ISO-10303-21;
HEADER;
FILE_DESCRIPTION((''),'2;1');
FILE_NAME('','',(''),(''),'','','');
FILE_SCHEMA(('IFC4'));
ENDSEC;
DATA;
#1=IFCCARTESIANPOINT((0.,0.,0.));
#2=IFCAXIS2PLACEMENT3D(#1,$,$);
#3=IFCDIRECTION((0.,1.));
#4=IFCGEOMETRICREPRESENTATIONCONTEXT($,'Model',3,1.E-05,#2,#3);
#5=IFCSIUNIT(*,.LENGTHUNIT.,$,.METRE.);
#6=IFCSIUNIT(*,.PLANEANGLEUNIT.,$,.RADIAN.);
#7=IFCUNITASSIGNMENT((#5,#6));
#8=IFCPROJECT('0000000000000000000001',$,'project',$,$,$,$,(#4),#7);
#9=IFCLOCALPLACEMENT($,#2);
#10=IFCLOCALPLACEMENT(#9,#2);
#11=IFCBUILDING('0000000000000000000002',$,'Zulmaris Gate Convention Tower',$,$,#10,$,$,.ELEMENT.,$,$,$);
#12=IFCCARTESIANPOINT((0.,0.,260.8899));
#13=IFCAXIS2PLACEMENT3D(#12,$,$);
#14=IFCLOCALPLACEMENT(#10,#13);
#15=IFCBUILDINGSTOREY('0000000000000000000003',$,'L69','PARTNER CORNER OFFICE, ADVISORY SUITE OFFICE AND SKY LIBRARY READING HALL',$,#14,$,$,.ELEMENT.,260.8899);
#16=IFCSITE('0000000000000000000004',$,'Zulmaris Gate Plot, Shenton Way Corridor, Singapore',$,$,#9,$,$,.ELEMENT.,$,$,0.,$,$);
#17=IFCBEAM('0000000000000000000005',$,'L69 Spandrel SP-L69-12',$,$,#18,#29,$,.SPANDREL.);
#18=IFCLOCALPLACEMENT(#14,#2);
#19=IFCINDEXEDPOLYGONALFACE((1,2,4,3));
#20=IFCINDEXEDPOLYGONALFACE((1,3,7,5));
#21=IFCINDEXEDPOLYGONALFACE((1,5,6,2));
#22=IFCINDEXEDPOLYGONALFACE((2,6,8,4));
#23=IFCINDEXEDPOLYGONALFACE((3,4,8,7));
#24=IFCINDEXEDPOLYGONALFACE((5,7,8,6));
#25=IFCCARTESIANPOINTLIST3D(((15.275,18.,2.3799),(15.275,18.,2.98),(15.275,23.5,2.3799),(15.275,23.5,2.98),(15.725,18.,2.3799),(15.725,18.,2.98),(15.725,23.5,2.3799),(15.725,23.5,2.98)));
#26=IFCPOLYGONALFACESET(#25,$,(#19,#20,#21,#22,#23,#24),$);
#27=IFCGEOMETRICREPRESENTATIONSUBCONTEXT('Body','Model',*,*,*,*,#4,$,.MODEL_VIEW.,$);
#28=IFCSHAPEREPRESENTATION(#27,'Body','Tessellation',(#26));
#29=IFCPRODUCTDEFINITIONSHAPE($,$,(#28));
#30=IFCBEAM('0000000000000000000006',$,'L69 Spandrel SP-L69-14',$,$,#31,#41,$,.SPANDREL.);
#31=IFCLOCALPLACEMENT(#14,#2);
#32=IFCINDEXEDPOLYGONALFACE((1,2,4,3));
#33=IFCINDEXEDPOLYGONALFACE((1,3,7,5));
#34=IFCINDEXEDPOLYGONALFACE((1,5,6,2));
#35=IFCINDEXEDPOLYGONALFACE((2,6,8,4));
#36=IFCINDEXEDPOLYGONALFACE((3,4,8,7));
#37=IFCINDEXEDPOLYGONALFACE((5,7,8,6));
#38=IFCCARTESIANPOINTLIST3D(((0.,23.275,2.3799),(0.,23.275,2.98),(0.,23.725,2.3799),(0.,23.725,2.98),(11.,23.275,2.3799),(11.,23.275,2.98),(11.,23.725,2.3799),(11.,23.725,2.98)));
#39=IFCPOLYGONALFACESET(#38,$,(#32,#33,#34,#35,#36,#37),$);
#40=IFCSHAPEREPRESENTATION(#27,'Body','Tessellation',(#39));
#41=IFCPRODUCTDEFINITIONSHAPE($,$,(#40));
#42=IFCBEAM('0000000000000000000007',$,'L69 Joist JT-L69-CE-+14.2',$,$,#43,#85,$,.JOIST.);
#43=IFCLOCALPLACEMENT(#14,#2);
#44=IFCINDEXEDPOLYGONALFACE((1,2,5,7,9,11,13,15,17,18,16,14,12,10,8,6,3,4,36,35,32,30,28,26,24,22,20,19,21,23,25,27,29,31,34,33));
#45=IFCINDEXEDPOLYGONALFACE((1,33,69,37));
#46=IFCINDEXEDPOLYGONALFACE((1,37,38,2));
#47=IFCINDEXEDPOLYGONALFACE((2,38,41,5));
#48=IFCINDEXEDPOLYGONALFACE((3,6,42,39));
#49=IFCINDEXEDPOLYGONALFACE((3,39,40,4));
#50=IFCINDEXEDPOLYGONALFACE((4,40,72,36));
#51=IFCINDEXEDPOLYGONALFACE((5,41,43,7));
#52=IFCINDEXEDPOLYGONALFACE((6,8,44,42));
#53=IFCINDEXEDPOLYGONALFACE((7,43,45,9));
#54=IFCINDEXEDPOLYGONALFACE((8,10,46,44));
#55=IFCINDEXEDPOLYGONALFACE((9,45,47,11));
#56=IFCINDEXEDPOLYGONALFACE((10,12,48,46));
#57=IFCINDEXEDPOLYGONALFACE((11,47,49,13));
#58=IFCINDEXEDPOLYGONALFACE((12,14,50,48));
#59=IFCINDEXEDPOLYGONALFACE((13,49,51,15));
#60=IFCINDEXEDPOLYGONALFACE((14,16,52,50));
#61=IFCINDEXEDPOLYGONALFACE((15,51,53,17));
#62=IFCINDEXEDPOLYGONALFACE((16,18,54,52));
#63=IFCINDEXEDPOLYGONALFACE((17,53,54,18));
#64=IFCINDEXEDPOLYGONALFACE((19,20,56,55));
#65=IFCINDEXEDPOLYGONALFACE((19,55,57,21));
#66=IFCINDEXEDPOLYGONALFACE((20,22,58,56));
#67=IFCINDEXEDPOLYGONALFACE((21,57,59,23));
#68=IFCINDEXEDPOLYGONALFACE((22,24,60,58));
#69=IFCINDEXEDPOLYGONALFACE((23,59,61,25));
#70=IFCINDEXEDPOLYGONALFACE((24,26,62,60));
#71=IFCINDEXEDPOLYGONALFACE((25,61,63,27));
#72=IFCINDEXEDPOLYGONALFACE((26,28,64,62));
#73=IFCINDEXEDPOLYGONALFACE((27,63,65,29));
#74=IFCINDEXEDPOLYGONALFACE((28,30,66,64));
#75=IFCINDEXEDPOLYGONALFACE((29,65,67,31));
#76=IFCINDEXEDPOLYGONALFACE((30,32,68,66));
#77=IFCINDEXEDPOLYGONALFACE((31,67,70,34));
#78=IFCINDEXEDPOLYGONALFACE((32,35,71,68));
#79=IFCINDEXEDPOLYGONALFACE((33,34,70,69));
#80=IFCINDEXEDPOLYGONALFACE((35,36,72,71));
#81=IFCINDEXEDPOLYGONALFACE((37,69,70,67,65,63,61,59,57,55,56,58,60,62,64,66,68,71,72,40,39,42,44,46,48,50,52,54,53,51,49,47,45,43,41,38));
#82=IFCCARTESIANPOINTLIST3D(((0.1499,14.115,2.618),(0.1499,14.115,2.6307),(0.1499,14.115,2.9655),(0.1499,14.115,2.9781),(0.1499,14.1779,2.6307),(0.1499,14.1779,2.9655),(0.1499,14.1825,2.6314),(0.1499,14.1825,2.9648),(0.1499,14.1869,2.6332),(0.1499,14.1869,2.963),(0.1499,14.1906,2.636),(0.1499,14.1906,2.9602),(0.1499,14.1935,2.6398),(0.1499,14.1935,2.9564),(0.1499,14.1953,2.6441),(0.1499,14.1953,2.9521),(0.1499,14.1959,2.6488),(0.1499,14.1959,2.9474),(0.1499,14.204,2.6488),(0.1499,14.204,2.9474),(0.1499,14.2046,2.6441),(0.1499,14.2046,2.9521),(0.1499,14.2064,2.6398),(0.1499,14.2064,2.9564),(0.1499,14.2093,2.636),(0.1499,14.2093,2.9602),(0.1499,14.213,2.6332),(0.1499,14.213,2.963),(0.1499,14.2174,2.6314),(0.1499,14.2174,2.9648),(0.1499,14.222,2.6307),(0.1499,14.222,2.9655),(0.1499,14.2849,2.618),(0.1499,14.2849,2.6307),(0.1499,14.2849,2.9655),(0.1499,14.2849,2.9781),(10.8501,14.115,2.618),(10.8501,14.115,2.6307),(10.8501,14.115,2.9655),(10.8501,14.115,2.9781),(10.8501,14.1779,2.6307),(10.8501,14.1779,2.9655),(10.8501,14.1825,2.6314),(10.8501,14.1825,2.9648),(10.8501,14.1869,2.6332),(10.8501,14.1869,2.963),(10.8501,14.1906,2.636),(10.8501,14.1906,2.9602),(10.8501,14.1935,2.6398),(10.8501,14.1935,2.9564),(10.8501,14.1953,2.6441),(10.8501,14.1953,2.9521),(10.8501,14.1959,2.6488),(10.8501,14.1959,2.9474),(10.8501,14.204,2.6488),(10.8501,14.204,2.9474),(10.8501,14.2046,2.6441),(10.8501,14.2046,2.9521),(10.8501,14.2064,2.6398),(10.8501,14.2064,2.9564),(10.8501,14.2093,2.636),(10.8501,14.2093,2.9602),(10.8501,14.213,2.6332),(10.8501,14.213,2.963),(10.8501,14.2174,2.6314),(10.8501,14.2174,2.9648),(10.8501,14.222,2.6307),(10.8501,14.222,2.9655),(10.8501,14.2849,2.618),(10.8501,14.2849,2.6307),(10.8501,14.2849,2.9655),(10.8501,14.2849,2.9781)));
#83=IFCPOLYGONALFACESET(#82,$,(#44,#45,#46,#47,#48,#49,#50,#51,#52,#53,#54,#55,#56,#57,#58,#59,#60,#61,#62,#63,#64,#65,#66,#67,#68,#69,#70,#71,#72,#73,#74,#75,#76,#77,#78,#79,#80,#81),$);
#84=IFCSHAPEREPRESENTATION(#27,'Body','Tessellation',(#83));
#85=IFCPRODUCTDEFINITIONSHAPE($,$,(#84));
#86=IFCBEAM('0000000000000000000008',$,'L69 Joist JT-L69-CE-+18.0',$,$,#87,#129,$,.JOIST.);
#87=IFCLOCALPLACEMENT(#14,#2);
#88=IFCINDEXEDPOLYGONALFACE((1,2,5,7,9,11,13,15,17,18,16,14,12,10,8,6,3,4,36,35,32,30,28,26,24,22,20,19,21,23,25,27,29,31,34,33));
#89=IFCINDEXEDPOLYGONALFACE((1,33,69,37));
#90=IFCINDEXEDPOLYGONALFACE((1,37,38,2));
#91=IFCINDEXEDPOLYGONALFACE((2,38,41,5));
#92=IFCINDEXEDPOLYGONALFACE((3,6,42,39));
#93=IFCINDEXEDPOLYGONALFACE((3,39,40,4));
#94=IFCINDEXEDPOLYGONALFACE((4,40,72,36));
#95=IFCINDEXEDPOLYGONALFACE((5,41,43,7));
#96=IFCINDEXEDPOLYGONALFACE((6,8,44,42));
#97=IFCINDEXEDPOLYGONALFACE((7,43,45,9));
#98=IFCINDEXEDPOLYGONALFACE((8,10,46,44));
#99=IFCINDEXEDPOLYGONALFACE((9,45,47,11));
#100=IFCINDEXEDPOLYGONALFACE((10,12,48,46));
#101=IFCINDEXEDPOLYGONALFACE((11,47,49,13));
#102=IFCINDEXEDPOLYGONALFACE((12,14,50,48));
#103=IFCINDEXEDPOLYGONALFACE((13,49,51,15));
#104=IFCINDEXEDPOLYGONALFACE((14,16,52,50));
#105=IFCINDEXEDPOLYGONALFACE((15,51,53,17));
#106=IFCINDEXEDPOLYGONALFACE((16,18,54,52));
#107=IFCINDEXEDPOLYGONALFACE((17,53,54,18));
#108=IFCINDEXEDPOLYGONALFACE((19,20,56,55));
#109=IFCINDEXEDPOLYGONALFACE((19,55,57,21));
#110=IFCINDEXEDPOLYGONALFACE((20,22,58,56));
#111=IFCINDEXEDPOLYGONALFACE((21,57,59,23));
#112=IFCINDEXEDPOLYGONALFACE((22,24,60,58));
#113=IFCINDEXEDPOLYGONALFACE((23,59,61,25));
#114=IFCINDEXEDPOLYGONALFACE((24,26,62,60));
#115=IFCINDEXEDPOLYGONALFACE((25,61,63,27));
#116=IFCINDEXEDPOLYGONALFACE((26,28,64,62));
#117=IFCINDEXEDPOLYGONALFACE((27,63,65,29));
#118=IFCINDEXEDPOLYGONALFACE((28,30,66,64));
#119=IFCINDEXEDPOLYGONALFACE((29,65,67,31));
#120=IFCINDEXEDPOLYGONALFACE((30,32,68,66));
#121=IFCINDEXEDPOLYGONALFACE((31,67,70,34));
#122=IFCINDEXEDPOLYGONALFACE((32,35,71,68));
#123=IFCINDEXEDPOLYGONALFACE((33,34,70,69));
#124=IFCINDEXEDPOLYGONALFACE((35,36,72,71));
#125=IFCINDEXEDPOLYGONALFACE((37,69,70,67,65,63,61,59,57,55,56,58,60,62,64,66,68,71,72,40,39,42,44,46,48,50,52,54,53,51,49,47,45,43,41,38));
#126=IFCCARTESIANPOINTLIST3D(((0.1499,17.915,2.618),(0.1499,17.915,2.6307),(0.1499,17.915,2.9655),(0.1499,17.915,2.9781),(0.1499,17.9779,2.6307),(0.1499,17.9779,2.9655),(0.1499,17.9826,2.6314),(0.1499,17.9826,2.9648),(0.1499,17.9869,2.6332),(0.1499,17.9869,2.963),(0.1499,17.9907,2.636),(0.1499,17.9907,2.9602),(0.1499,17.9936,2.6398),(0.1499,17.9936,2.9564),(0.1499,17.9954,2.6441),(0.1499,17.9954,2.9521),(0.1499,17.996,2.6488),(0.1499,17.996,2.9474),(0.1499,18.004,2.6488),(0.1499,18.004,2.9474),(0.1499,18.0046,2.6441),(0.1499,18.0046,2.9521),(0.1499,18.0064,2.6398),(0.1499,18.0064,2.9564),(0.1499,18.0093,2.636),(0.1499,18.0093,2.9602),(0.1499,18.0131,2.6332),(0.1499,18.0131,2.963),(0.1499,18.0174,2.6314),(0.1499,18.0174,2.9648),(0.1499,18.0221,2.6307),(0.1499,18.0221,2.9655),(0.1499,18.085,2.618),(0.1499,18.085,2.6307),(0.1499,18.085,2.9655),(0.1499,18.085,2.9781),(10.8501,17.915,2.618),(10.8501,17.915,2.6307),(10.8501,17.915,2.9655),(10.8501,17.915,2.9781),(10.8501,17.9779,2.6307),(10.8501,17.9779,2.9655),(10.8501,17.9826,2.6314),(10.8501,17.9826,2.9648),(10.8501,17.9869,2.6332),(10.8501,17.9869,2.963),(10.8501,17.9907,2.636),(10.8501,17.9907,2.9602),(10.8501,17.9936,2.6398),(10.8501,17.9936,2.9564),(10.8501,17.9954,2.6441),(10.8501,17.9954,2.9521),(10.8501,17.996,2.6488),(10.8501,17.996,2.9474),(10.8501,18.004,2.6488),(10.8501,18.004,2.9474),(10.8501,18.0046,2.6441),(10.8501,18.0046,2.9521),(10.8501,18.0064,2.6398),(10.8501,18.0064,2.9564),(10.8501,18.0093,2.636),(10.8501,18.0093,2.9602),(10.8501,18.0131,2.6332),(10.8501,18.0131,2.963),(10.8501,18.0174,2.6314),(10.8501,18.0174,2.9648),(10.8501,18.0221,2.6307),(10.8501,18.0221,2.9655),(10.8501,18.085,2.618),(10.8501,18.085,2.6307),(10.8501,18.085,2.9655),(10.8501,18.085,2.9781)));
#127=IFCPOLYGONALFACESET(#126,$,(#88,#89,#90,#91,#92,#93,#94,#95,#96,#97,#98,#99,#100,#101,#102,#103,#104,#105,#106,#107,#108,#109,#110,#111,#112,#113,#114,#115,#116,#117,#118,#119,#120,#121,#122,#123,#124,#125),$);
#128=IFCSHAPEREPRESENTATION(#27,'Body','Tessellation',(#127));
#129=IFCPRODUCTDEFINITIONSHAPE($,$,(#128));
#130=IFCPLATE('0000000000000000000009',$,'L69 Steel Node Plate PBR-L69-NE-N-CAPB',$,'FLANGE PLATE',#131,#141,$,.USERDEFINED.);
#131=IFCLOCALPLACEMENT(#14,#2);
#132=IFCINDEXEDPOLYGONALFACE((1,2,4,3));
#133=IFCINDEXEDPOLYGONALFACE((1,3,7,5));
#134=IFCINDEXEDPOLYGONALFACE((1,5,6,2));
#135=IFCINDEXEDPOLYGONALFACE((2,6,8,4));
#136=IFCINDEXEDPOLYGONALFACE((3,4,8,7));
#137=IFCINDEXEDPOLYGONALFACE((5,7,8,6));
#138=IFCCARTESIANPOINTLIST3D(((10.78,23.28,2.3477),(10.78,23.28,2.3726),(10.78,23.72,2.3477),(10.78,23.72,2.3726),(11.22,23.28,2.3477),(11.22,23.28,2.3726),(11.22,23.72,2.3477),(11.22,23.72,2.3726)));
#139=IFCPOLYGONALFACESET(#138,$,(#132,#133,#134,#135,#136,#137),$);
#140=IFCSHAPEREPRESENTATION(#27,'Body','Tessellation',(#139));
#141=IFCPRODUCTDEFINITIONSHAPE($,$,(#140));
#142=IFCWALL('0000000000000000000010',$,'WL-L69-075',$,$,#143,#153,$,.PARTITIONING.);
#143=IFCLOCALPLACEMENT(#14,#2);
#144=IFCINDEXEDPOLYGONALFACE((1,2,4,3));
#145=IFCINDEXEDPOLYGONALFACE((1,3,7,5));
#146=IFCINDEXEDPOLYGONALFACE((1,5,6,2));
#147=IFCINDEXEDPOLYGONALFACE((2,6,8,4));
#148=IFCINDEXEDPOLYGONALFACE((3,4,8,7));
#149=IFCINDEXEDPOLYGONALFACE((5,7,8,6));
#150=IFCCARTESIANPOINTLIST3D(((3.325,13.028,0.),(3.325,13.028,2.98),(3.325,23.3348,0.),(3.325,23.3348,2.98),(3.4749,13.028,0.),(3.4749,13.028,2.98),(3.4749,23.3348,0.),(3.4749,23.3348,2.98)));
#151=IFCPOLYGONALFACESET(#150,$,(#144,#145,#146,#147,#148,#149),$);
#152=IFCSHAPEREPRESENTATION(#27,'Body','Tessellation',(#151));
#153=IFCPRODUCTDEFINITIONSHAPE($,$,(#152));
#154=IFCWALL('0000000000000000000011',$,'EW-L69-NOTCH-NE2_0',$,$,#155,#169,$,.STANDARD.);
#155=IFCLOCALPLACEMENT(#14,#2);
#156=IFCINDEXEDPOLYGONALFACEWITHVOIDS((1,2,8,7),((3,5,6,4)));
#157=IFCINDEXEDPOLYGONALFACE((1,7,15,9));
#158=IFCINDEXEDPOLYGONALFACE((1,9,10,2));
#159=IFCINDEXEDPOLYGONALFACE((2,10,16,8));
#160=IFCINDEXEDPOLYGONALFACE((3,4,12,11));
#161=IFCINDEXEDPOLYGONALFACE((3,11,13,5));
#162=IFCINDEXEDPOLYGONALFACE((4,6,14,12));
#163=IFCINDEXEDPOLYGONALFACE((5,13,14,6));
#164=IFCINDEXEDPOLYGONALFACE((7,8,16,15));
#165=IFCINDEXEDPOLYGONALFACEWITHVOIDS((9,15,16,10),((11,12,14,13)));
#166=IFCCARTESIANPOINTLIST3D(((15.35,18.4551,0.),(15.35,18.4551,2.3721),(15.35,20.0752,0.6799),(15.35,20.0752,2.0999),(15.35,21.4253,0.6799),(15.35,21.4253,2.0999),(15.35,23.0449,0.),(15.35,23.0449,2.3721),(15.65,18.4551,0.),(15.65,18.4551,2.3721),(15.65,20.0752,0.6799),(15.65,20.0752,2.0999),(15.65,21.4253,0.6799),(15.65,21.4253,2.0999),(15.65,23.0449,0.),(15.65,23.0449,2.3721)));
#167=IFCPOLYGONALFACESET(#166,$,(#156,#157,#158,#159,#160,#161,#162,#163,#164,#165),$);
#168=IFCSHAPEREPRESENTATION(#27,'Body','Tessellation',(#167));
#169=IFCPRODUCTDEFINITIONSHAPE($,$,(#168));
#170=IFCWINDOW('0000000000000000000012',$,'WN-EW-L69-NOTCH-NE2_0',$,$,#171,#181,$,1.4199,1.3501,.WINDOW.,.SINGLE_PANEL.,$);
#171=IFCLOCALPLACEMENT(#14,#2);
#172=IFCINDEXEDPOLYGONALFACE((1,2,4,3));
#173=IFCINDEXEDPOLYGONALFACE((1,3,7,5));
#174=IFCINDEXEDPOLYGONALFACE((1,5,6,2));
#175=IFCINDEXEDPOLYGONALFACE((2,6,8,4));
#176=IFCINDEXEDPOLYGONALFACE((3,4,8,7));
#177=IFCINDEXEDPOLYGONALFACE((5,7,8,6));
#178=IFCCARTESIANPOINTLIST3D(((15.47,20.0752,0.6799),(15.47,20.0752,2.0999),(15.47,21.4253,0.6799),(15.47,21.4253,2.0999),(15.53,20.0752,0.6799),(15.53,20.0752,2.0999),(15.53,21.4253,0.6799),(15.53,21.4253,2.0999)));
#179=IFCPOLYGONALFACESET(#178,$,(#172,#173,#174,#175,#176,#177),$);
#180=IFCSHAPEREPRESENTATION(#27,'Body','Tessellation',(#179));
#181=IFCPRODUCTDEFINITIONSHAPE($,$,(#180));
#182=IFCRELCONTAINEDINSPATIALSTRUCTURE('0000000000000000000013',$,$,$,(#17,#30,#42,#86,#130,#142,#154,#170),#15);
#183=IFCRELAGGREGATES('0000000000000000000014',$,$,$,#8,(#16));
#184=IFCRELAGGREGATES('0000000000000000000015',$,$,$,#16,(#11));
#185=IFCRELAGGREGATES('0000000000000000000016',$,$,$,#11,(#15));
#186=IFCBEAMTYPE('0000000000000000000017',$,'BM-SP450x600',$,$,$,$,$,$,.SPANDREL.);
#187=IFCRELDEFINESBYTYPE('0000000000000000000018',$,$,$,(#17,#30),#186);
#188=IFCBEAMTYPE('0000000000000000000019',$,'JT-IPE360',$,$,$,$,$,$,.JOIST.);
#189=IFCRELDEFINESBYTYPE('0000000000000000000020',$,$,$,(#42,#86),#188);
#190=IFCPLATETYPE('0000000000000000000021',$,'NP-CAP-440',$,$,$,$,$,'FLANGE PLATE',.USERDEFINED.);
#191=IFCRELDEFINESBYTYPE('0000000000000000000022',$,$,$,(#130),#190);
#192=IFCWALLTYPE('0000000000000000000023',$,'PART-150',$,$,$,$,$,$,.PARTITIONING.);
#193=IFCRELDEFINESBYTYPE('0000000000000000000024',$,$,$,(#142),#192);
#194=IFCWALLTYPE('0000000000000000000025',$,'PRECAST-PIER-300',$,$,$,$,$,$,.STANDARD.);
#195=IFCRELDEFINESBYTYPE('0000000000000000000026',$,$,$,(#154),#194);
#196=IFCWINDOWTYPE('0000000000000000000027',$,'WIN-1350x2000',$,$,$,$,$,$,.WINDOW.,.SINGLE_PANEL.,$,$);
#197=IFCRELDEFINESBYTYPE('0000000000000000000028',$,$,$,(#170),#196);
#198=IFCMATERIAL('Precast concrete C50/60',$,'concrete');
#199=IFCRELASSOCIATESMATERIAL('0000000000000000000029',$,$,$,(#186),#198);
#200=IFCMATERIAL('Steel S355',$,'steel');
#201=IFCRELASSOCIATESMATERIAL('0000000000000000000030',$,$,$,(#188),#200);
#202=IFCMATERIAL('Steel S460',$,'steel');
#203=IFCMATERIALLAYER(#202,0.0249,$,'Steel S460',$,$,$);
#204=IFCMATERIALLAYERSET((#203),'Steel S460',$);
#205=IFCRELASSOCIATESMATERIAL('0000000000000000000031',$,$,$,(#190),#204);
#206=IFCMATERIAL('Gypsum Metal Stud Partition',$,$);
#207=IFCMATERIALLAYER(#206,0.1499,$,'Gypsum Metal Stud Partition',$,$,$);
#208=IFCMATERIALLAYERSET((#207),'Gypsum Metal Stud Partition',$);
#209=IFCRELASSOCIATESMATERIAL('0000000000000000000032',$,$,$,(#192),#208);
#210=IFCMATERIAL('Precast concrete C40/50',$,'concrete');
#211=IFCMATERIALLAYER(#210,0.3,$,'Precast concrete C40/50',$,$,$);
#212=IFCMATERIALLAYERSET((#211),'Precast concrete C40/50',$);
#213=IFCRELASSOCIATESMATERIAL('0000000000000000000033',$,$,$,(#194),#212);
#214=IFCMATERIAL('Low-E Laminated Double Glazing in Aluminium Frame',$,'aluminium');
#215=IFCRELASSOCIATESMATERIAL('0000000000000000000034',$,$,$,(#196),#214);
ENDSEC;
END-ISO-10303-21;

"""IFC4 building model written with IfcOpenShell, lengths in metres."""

from ifc_helpers import new_model, si_unit, direction, frame, frame_2d, origin, origin_2d, place, context, subcontext, project, spatial, rectangle, i_section, extrude, material, layer, layer_set, material_profile, profile_set, type_object, element, fill, save


model = new_model("IFC4")

# Units and contexts
model_context = context("Model", 3, precision=1e-05, world=origin(), true_north=direction((0.0, 1.0)))
body_context = subcontext(model_context, "Body", "Model", "MODEL_VIEW")
ifc_project = project(units=[si_unit("LENGTHUNIT", "METRE"), si_unit("PLANEANGLEUNIT", "RADIAN")], contexts=[model_context])

# Site, building, storey
site_placement = place(None, origin())
site = spatial("IfcSite", under=ifc_project, at=site_placement, Name="Zulmaris Gate Plot, Shenton Way Corridor, Singapore", CompositionType="ELEMENT", RefElevation=0.0)
building_placement = place(site_placement, origin())
building = spatial("IfcBuilding", under=site, at=building_placement, Name="Zulmaris Gate Convention Tower", CompositionType="ELEMENT")
storey_placement = place(building_placement, frame((0.0, 0.0, 260.8899)))
storey = spatial("IfcBuildingStorey", under=building, at=storey_placement, Name="L69", Description="PARTNER CORNER OFFICE, ADVISORY SUITE OFFICE AND SKY LIBRARY READING HALL", CompositionType="ELEMENT", Elevation=260.8899)

# Beams
ifc_material_1 = material(Name="Steel S355", Category="steel")
ifc_material_2 = material(Name="Precast concrete C50/60", Category="concrete")
ifc_material_profile_1 = material_profile(ifc_material_2, rectangle(XDim=0.45, YDim=0.6001, at=origin_2d()), Name="RC SPANDREL 450x600")
ifc_profile_set_1 = profile_set([ifc_material_profile_1], Name="Precast concrete C50/60")
beam_type_1 = type_object("IfcBeamType", Name="BM-SP450x600", PredefinedType="SPANDREL", material=ifc_profile_set_1)
beam_1_placement = place(storey_placement, frame((15.5, 18.0, 2.6799), z_axis=(0.0, 1.0, 0.0), x_axis=(-1.0, 0.0, 0.0)))
element("IfcBeam", 1, at=beam_1_placement, inside=storey, type_object=beam_type_1, Name="L69 Spandrel SP-L69-12", PredefinedType="SPANDREL", context=body_context, shape_type="SweptSolid", body=[
    extrude(rectangle(XDim=0.45, YDim=0.6001, at=origin_2d()), origin(), (0.0, 0.0, 1.0), 5.5),
])
beam_2_placement = place(storey_placement, frame((11.0, 23.5, 2.6799), z_axis=(-1.0, 0.0, 0.0), x_axis=(0.0, -1.0, 0.0)))
element("IfcBeam", 2, at=beam_2_placement, inside=storey, type_object=beam_type_1, Name="L69 Spandrel SP-L69-14", PredefinedType="SPANDREL", context=body_context, shape_type="SweptSolid", body=[
    extrude(rectangle(XDim=0.45, YDim=0.6001, at=origin_2d()), origin(), (0.0, 0.0, 1.0), 11.0),
])
ifc_material_profile_2 = material_profile(ifc_material_1, i_section(OverallWidth=0.1699, OverallDepth=0.3601, WebThickness=0.0081, FlangeThickness=0.0127, FilletRadius=0.0181, at=origin_2d()), Name="IPE 360")
ifc_profile_set_2 = profile_set([ifc_material_profile_2], Name="Steel S355")
beam_type_2 = type_object("IfcBeamType", Name="JT-IPE360", PredefinedType="JOIST", material=ifc_profile_set_2)
for number, where, z_axis, x_axis, name in (
    (3, (0.1499, 14.2, 2.7981), (1.0, 0.0, 0.0), (0.0, 1.0, 0.0), "L69 Joist JT-L69-CE-+14.2"),
    (4, (0.1499, 18.0, 2.7981), (1.0, 0.0, 0.0), (0.0, 1.0, 0.0), "L69 Joist JT-L69-CE-+18.0"),
):
    element("IfcBeam", number, at=place(storey_placement, frame(where, z_axis=z_axis, x_axis=x_axis)), inside=storey, type_object=beam_type_2, Name=name, PredefinedType="JOIST", context=body_context, shape_type="SweptSolid", body=[
        extrude(i_section(OverallWidth=0.1699, OverallDepth=0.3601, WebThickness=0.0081, FlangeThickness=0.0127, FilletRadius=0.0181, at=origin_2d()), origin(), (0.0, 0.0, 1.0), 10.7002),
    ])

# Plate
ifc_material_3 = material(Name="Steel S460", Category="steel")
ifc_layer_1 = layer(ifc_material_3, 0.0249, Name="Steel S460")
ifc_layer_set_1 = layer_set([ifc_layer_1], Name="Steel S460")
plate_type = type_object("IfcPlateType", Name="NP-CAP-440", ElementType="FLANGE PLATE", PredefinedType="USERDEFINED", material=ifc_layer_set_1)
plate_placement = place(storey_placement, frame((11.0, 23.5, 2.3477), z_axis=(0.0, 0.0, 1.0), x_axis=(1.0, 0.0, 0.0)))
element("IfcPlate", 5, at=plate_placement, inside=storey, type_object=plate_type, Name="L69 Steel Node Plate PBR-L69-NE-N-CAPB", ObjectType="FLANGE PLATE", PredefinedType="USERDEFINED", context=body_context, shape_type="SweptSolid", body=[
    extrude(rectangle(XDim=0.4399, YDim=0.4399, at=origin_2d()), origin(), (0.0, 0.0, 1.0), 0.0249),
])

# Wall
ifc_material_4 = material(Name="Gypsum Metal Stud Partition")
ifc_layer_2 = layer(ifc_material_4, 0.1499, Name="Gypsum Metal Stud Partition")
ifc_layer_set_2 = layer_set([ifc_layer_2], Name="Gypsum Metal Stud Partition")
wall_type_1 = type_object("IfcWallType", Name="PART-150", PredefinedType="PARTITIONING", material=ifc_layer_set_2)
wall_1_placement = place(storey_placement, frame((3.3999, 13.0281, 0.0), z_axis=(0.0, 0.0, 1.0), x_axis=(0.0, 1.0, 0.0)))
element("IfcWall", 6, at=wall_1_placement, inside=storey, type_object=wall_type_1, Name="WL-L69-075", PredefinedType="PARTITIONING", context=body_context, shape_type="SweptSolid", body=[
    extrude(rectangle(XDim=10.3069, YDim=0.1499, at=frame_2d((5.1533, 0.0))), origin(), (0.0, 0.0, 1.0), 2.98),
])

# Wall, opening, window
ifc_material_5 = material(Name="Precast concrete C40/50", Category="concrete")
ifc_layer_3 = layer(ifc_material_5, 0.3, Name="Precast concrete C40/50")
ifc_layer_set_3 = layer_set([ifc_layer_3], Name="Precast concrete C40/50")
wall_type_2 = type_object("IfcWallType", Name="PRECAST-PIER-300", PredefinedType="STANDARD", material=ifc_layer_set_3)
wall_2_placement = place(storey_placement, frame((15.5, 18.4551, 0.0), z_axis=(0.0, 0.0, 1.0), x_axis=(0.0, 1.0, 0.0)))
wall_2 = element("IfcWall", 7, at=wall_2_placement, inside=storey, type_object=wall_type_2, Name="EW-L69-NOTCH-NE2_0", PredefinedType="STANDARD", context=body_context, shape_type="SweptSolid", body=[
    extrude(rectangle(XDim=4.5898, YDim=0.3, at=frame_2d((2.2949, 0.0))), origin(), (0.0, 0.0, 1.0), 2.3721),
])
opening_1_placement = place(wall_2_placement, frame((1.6201, 0.0, 0.6799)))
opening_1 = element("IfcOpeningElement", 8, at=opening_1_placement, cuts=wall_2, PredefinedType="OPENING", context=body_context, shape_type="SweptSolid", body=[
    extrude(rectangle(XDim=1.3501, YDim=1.4199, at=frame_2d((0.675, 0.71))), frame((0.0, 0.1602, 0.0), z_axis=(0.0, -1.0, 0.0), x_axis=(1.0, 0.0, 0.0)), (0.0, 0.0, 1.0), 0.3201),
])
ifc_material_6 = material(Name="Low-E Laminated Double Glazing in Aluminium Frame", Category="aluminium")
window_type_1 = type_object("IfcWindowType", Name="WIN-1350x2000", PartitioningType="SINGLE_PANEL", PredefinedType="WINDOW", material=ifc_material_6)
window_1_placement = place(opening_1_placement, origin())
window_1 = element("IfcWindow", 9, at=window_1_placement, inside=storey, type_object=window_type_1, Name="WN-EW-L69-NOTCH-NE2_0", OverallHeight=1.4199, OverallWidth=1.3501, PartitioningType="SINGLE_PANEL", PredefinedType="WINDOW", context=body_context, shape_type="SweptSolid", body=[
    extrude(rectangle(XDim=1.3501, YDim=1.4199, at=frame_2d((0.675, 0.71))), frame((0.0, 0.03, 0.0), z_axis=(0.0, -1.0, 0.0), x_axis=(1.0, 0.0, 0.0)), (0.0, 0.0, 1.0), 0.0601),
])
fill(opening_1, window_1)

save(model, "model.ifc")
